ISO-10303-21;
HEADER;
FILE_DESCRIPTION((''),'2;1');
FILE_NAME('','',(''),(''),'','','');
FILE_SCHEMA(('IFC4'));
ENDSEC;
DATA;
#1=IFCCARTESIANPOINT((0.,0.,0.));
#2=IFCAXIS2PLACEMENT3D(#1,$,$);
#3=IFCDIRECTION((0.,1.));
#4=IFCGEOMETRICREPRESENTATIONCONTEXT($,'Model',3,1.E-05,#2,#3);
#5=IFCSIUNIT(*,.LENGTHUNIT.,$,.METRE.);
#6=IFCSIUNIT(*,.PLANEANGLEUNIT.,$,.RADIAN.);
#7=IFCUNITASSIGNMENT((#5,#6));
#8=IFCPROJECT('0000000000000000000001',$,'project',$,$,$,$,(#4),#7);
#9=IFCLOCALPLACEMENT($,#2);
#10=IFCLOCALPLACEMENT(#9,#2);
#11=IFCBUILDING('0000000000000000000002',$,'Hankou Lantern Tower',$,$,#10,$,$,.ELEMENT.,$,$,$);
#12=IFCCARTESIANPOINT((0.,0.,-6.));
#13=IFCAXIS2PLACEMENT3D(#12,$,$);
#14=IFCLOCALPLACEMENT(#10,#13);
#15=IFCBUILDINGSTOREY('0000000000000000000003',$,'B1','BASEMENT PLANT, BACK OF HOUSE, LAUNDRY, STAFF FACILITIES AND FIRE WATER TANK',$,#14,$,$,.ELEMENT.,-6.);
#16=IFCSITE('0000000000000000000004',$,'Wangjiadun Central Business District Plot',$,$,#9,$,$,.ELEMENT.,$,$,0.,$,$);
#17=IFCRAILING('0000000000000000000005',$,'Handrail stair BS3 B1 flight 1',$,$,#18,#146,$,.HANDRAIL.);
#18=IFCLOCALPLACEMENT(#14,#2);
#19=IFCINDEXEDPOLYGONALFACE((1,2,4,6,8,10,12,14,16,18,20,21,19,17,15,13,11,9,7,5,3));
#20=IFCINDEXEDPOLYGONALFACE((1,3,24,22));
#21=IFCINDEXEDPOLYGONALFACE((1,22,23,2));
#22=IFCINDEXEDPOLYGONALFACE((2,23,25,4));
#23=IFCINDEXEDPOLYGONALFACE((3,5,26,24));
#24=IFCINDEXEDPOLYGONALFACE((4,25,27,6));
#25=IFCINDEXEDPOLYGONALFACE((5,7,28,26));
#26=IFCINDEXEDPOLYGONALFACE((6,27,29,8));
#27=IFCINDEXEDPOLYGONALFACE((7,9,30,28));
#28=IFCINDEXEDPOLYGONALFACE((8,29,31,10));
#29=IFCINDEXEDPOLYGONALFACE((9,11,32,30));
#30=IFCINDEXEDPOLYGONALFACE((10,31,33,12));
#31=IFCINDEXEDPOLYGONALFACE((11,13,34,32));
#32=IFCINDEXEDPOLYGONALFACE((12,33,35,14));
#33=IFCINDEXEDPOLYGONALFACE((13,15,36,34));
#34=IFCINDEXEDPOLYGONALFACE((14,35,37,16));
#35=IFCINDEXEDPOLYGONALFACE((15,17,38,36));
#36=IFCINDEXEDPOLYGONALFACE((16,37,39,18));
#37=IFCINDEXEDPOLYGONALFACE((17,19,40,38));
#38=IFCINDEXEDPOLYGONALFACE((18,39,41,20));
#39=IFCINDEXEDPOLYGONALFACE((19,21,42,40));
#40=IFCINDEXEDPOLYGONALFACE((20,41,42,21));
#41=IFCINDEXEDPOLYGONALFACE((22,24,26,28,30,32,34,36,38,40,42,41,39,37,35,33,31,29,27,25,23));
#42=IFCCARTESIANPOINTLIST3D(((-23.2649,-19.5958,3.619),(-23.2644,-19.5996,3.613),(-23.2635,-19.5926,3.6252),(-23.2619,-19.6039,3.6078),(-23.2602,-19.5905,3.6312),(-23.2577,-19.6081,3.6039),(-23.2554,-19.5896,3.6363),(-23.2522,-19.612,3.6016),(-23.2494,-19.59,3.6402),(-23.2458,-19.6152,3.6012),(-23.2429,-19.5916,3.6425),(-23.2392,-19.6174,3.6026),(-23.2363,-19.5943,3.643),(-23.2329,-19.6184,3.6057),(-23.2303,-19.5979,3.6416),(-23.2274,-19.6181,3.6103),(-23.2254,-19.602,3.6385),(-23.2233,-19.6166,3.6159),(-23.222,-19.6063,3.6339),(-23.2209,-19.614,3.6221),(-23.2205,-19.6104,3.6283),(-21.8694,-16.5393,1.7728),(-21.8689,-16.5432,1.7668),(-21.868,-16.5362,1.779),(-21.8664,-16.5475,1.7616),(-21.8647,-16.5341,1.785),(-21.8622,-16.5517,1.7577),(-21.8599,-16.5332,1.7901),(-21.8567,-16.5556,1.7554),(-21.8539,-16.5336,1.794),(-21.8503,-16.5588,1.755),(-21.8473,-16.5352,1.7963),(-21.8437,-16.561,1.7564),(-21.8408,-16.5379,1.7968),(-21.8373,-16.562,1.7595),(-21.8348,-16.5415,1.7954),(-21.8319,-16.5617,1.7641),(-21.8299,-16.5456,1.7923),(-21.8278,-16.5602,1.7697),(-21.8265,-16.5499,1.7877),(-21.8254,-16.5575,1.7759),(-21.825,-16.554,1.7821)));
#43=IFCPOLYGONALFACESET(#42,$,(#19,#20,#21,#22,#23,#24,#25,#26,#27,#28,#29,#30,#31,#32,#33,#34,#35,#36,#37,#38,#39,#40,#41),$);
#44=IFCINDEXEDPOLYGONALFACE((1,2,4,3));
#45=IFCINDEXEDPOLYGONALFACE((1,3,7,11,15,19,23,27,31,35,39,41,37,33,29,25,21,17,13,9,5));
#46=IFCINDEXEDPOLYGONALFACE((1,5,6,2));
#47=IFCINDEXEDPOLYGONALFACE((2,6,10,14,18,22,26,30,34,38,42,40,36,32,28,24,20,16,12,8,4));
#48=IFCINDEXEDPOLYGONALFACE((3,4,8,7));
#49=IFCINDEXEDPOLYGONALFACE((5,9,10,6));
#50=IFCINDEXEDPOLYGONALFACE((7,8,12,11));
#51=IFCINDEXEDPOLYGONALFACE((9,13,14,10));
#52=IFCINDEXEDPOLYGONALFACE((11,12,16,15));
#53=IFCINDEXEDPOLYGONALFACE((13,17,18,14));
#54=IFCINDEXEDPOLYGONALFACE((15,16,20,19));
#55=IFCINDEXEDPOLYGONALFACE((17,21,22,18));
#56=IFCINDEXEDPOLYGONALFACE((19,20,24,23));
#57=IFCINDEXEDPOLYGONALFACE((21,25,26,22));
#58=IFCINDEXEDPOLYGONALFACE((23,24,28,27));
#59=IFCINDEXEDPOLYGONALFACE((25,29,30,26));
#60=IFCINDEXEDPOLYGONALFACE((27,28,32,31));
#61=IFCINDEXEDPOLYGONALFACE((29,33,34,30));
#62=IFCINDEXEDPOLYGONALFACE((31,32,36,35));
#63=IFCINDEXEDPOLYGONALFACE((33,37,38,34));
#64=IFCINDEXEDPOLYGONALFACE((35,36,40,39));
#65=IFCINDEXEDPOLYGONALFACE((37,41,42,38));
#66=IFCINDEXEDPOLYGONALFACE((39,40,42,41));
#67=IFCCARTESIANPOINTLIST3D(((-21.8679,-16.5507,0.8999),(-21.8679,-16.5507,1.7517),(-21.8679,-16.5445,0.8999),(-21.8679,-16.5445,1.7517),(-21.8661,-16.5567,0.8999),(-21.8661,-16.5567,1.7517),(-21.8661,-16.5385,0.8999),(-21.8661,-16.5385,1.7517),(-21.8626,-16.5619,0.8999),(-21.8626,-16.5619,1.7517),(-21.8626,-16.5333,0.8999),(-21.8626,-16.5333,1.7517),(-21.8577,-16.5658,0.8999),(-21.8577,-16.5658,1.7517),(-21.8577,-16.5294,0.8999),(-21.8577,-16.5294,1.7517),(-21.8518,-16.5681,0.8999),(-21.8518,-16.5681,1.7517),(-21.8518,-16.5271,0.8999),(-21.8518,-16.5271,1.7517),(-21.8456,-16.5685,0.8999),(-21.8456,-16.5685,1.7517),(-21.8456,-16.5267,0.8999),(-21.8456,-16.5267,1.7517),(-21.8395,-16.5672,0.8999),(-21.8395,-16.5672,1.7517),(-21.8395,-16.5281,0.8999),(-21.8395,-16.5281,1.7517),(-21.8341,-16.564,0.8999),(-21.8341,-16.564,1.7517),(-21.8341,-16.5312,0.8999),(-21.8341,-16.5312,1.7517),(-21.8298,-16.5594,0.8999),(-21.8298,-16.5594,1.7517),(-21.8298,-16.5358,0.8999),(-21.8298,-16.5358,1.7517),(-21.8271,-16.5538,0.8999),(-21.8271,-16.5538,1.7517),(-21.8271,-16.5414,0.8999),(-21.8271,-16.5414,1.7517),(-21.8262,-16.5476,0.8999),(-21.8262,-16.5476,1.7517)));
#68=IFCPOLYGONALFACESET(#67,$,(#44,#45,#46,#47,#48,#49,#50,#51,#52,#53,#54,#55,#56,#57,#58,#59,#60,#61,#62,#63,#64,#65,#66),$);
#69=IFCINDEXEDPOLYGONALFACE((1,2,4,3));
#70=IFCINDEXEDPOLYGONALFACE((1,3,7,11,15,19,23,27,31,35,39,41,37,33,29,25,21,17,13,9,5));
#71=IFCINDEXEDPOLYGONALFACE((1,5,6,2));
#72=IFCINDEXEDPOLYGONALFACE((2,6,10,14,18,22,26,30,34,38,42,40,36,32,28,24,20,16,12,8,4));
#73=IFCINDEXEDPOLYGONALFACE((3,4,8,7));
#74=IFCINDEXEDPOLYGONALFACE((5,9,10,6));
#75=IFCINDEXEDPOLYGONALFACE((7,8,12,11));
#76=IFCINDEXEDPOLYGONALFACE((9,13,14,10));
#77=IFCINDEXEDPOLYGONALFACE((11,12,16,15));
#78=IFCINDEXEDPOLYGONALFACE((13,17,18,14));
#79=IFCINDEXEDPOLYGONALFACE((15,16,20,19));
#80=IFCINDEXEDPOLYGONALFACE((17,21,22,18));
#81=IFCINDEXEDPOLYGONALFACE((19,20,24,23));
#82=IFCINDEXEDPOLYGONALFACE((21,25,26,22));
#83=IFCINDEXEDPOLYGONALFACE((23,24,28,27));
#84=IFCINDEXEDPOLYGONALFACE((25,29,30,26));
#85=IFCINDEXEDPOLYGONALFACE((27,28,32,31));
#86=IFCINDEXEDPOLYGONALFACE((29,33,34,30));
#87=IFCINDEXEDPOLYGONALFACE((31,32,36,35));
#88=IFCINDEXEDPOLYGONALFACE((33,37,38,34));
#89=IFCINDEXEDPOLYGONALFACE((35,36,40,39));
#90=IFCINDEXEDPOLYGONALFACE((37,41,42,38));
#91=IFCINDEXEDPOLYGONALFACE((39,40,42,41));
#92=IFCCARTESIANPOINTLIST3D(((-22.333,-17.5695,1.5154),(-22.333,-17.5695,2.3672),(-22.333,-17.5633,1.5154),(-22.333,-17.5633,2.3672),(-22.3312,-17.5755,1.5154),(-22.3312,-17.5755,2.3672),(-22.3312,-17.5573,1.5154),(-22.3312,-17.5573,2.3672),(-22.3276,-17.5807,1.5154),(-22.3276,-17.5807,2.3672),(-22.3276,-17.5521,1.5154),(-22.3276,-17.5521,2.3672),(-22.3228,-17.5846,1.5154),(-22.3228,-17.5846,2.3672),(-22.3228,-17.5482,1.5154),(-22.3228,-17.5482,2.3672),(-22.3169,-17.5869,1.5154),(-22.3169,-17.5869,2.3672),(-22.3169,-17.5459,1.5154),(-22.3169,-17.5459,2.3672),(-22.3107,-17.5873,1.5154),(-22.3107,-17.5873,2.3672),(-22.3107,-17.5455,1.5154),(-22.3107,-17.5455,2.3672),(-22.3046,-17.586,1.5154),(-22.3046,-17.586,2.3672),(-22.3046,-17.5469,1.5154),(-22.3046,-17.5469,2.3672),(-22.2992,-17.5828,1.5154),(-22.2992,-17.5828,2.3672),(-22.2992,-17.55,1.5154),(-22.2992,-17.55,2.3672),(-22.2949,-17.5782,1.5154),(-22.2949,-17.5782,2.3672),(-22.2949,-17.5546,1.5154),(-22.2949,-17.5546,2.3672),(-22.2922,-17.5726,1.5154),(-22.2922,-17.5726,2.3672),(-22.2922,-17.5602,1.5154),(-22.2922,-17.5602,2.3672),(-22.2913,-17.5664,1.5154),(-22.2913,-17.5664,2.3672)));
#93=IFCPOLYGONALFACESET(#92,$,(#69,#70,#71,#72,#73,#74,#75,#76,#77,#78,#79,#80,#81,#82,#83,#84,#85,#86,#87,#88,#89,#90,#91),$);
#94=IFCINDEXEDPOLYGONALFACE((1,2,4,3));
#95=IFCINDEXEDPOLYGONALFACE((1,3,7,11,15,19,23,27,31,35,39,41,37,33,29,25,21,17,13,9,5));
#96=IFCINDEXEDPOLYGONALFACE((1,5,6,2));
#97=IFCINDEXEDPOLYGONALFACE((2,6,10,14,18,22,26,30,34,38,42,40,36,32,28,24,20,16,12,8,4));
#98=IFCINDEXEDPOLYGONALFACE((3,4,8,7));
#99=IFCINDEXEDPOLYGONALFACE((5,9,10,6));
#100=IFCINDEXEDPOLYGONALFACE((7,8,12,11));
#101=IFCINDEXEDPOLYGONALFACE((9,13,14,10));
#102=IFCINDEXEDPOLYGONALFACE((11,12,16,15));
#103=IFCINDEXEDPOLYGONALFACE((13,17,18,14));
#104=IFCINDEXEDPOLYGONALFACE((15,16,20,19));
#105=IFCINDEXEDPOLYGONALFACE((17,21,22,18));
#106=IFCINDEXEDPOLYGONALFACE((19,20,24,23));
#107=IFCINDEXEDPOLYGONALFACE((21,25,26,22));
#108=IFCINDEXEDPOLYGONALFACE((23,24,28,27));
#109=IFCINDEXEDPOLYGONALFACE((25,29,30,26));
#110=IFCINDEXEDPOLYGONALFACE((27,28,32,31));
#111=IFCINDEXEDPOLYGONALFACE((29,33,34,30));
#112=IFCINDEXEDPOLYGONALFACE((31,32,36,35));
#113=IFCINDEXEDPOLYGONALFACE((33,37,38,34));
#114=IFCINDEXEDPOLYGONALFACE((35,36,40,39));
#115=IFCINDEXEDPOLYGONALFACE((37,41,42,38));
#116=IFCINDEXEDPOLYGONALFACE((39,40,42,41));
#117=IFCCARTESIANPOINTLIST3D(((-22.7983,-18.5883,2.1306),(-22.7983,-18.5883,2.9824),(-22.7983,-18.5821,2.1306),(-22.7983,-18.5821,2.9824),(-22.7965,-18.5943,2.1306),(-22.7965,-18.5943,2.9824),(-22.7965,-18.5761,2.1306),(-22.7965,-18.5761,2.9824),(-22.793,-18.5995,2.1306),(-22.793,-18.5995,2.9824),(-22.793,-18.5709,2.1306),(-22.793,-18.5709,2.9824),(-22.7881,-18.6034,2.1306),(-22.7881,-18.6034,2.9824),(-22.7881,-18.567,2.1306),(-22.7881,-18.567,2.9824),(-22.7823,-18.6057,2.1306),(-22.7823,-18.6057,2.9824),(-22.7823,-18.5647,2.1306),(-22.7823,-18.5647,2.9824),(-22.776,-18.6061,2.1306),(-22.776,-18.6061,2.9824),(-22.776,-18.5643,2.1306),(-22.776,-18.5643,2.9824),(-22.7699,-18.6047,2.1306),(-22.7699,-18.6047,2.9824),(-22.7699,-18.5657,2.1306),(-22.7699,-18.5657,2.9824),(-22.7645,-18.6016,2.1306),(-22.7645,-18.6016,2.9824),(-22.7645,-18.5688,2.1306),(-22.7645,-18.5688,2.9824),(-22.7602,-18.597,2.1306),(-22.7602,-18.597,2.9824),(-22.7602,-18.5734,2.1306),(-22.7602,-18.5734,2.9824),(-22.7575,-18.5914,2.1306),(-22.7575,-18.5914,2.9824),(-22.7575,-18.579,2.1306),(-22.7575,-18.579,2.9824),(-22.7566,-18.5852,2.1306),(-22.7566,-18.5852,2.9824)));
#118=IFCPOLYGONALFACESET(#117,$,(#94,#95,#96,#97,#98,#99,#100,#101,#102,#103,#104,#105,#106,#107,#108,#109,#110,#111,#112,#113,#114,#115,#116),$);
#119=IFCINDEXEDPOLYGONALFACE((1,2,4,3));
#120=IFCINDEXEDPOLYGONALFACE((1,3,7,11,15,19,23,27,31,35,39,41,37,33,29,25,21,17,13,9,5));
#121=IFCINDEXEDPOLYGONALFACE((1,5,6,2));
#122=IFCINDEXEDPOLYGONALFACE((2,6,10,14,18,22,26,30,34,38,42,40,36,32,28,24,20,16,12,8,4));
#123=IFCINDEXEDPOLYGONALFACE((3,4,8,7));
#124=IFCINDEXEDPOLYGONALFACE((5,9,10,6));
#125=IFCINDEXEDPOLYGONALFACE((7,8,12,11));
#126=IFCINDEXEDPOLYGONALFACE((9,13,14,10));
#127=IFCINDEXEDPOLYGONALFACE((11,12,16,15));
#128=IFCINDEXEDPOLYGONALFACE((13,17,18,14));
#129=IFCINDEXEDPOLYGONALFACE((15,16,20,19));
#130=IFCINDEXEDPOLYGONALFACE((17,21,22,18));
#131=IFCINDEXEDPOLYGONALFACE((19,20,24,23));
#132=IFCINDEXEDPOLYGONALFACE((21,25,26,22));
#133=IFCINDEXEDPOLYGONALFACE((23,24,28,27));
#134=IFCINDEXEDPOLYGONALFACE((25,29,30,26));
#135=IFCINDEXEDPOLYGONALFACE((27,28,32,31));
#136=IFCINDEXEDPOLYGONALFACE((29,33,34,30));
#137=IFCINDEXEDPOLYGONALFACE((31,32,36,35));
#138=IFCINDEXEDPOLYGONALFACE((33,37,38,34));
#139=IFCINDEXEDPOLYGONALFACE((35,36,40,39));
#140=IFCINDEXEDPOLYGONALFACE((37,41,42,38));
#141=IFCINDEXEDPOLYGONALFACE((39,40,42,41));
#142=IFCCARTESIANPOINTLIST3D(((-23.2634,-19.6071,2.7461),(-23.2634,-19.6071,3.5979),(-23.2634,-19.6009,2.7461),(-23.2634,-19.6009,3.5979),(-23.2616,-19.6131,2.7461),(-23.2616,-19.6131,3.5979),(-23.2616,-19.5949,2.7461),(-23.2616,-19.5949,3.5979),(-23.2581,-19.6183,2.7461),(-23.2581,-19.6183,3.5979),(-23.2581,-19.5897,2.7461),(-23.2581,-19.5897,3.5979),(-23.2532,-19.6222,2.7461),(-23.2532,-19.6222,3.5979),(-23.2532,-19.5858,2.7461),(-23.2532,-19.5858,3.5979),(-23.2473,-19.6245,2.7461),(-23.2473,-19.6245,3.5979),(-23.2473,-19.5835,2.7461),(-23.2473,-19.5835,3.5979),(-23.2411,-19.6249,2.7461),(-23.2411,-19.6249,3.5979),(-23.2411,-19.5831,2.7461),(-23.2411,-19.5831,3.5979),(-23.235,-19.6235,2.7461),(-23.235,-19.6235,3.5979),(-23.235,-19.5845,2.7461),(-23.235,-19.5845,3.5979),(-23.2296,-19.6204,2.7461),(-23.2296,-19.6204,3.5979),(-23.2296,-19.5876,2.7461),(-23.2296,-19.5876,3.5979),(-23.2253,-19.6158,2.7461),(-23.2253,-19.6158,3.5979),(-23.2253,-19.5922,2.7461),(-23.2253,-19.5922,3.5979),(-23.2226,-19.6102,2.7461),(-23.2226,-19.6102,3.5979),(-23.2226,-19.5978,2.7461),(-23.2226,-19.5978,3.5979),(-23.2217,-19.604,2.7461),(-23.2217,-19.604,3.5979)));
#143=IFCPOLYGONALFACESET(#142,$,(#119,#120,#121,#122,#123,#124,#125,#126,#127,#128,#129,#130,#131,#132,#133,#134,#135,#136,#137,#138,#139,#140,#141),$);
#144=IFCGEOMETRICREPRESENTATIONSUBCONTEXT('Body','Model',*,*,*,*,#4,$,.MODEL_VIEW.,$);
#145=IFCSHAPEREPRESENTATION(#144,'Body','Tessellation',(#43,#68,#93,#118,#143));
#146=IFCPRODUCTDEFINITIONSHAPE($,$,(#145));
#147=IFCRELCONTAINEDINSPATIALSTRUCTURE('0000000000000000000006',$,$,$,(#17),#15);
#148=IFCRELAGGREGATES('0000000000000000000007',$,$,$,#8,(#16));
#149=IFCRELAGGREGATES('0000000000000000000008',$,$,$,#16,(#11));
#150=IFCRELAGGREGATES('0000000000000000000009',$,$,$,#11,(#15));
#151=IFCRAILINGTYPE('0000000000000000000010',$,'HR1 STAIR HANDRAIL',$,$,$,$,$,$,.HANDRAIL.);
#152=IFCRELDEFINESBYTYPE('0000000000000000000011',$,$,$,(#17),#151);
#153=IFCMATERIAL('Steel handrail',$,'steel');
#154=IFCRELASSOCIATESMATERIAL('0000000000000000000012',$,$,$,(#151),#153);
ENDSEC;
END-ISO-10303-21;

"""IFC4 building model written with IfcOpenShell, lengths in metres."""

from ifc_helpers import new_model, si_unit, direction, frame, origin, origin_2d, place, context, subcontext, project, spatial, circle, extrude, material, type_object, element, save


model = new_model("IFC4")

# Units and contexts
model_context = context("Model", 3, precision=1e-05, world=origin(), true_north=direction((0.0, 1.0)))
body_context = subcontext(model_context, "Body", "Model", "MODEL_VIEW")
ifc_project = project(units=[si_unit("LENGTHUNIT", "METRE"), si_unit("PLANEANGLEUNIT", "RADIAN")], contexts=[model_context])

# Site, building, storey
site_placement = place(None, origin())
site = spatial("IfcSite", under=ifc_project, at=site_placement, Name="Wangjiadun Central Business District Plot", CompositionType="ELEMENT", RefElevation=0.0)
building_placement = place(site_placement, origin())
building = spatial("IfcBuilding", under=site, at=building_placement, Name="Hankou Lantern Tower", CompositionType="ELEMENT")
storey_placement = place(building_placement, frame((0.0, 0.0, -6.0)))
storey = spatial("IfcBuildingStorey", under=building, at=storey_placement, Name="B1", Description="BASEMENT PLANT, BACK OF HOUSE, LAUNDRY, STAFF FACILITIES AND FIRE WATER TANK", CompositionType="ELEMENT", Elevation=-6.0)

# Railing
ifc_material_1 = material(Name="Steel handrail", Category="steel")
railing_type = type_object("IfcRailingType", Name="HR1 STAIR HANDRAIL", PredefinedType="HANDRAIL", material=ifc_material_1)
railing_1_placement = place(storey_placement, frame((-21.8472, -16.5476, 0.8999)))
element("IfcRailing", 1, at=railing_1_placement, inside=storey, type_object=railing_type, Name="Handrail stair BS3 B1 flight 1", PredefinedType="HANDRAIL", context=body_context, shape_type="SweptSolid", body=[
    extrude(circle(Radius=0.0239, at=origin_2d()), frame((0.0, 0.0, 0.876), z_axis=(-0.364009, -0.79724, 0.481566), x_axis=(0.909666, -0.415341, 0.0)), (0.0, 0.0, 1.0), 3.8337),
    extrude(circle(Radius=0.021, at=origin_2d()), origin(), (0.0, 0.0, 1.0), 0.8518),
    extrude(circle(Radius=0.021, at=origin_2d()), frame((-0.4651, -1.0188, 0.6155)), (0.0, 0.0, 1.0), 0.8518),
    extrude(circle(Radius=0.021, at=origin_2d()), frame((-0.9304, -2.0376, 1.2307)), (0.0, 0.0, 1.0), 0.8518),
    extrude(circle(Radius=0.021, at=origin_2d()), frame((-1.3955, -3.0564, 1.8462)), (0.0, 0.0, 1.0), 0.8518),
])

save(model, "model.ifc")
